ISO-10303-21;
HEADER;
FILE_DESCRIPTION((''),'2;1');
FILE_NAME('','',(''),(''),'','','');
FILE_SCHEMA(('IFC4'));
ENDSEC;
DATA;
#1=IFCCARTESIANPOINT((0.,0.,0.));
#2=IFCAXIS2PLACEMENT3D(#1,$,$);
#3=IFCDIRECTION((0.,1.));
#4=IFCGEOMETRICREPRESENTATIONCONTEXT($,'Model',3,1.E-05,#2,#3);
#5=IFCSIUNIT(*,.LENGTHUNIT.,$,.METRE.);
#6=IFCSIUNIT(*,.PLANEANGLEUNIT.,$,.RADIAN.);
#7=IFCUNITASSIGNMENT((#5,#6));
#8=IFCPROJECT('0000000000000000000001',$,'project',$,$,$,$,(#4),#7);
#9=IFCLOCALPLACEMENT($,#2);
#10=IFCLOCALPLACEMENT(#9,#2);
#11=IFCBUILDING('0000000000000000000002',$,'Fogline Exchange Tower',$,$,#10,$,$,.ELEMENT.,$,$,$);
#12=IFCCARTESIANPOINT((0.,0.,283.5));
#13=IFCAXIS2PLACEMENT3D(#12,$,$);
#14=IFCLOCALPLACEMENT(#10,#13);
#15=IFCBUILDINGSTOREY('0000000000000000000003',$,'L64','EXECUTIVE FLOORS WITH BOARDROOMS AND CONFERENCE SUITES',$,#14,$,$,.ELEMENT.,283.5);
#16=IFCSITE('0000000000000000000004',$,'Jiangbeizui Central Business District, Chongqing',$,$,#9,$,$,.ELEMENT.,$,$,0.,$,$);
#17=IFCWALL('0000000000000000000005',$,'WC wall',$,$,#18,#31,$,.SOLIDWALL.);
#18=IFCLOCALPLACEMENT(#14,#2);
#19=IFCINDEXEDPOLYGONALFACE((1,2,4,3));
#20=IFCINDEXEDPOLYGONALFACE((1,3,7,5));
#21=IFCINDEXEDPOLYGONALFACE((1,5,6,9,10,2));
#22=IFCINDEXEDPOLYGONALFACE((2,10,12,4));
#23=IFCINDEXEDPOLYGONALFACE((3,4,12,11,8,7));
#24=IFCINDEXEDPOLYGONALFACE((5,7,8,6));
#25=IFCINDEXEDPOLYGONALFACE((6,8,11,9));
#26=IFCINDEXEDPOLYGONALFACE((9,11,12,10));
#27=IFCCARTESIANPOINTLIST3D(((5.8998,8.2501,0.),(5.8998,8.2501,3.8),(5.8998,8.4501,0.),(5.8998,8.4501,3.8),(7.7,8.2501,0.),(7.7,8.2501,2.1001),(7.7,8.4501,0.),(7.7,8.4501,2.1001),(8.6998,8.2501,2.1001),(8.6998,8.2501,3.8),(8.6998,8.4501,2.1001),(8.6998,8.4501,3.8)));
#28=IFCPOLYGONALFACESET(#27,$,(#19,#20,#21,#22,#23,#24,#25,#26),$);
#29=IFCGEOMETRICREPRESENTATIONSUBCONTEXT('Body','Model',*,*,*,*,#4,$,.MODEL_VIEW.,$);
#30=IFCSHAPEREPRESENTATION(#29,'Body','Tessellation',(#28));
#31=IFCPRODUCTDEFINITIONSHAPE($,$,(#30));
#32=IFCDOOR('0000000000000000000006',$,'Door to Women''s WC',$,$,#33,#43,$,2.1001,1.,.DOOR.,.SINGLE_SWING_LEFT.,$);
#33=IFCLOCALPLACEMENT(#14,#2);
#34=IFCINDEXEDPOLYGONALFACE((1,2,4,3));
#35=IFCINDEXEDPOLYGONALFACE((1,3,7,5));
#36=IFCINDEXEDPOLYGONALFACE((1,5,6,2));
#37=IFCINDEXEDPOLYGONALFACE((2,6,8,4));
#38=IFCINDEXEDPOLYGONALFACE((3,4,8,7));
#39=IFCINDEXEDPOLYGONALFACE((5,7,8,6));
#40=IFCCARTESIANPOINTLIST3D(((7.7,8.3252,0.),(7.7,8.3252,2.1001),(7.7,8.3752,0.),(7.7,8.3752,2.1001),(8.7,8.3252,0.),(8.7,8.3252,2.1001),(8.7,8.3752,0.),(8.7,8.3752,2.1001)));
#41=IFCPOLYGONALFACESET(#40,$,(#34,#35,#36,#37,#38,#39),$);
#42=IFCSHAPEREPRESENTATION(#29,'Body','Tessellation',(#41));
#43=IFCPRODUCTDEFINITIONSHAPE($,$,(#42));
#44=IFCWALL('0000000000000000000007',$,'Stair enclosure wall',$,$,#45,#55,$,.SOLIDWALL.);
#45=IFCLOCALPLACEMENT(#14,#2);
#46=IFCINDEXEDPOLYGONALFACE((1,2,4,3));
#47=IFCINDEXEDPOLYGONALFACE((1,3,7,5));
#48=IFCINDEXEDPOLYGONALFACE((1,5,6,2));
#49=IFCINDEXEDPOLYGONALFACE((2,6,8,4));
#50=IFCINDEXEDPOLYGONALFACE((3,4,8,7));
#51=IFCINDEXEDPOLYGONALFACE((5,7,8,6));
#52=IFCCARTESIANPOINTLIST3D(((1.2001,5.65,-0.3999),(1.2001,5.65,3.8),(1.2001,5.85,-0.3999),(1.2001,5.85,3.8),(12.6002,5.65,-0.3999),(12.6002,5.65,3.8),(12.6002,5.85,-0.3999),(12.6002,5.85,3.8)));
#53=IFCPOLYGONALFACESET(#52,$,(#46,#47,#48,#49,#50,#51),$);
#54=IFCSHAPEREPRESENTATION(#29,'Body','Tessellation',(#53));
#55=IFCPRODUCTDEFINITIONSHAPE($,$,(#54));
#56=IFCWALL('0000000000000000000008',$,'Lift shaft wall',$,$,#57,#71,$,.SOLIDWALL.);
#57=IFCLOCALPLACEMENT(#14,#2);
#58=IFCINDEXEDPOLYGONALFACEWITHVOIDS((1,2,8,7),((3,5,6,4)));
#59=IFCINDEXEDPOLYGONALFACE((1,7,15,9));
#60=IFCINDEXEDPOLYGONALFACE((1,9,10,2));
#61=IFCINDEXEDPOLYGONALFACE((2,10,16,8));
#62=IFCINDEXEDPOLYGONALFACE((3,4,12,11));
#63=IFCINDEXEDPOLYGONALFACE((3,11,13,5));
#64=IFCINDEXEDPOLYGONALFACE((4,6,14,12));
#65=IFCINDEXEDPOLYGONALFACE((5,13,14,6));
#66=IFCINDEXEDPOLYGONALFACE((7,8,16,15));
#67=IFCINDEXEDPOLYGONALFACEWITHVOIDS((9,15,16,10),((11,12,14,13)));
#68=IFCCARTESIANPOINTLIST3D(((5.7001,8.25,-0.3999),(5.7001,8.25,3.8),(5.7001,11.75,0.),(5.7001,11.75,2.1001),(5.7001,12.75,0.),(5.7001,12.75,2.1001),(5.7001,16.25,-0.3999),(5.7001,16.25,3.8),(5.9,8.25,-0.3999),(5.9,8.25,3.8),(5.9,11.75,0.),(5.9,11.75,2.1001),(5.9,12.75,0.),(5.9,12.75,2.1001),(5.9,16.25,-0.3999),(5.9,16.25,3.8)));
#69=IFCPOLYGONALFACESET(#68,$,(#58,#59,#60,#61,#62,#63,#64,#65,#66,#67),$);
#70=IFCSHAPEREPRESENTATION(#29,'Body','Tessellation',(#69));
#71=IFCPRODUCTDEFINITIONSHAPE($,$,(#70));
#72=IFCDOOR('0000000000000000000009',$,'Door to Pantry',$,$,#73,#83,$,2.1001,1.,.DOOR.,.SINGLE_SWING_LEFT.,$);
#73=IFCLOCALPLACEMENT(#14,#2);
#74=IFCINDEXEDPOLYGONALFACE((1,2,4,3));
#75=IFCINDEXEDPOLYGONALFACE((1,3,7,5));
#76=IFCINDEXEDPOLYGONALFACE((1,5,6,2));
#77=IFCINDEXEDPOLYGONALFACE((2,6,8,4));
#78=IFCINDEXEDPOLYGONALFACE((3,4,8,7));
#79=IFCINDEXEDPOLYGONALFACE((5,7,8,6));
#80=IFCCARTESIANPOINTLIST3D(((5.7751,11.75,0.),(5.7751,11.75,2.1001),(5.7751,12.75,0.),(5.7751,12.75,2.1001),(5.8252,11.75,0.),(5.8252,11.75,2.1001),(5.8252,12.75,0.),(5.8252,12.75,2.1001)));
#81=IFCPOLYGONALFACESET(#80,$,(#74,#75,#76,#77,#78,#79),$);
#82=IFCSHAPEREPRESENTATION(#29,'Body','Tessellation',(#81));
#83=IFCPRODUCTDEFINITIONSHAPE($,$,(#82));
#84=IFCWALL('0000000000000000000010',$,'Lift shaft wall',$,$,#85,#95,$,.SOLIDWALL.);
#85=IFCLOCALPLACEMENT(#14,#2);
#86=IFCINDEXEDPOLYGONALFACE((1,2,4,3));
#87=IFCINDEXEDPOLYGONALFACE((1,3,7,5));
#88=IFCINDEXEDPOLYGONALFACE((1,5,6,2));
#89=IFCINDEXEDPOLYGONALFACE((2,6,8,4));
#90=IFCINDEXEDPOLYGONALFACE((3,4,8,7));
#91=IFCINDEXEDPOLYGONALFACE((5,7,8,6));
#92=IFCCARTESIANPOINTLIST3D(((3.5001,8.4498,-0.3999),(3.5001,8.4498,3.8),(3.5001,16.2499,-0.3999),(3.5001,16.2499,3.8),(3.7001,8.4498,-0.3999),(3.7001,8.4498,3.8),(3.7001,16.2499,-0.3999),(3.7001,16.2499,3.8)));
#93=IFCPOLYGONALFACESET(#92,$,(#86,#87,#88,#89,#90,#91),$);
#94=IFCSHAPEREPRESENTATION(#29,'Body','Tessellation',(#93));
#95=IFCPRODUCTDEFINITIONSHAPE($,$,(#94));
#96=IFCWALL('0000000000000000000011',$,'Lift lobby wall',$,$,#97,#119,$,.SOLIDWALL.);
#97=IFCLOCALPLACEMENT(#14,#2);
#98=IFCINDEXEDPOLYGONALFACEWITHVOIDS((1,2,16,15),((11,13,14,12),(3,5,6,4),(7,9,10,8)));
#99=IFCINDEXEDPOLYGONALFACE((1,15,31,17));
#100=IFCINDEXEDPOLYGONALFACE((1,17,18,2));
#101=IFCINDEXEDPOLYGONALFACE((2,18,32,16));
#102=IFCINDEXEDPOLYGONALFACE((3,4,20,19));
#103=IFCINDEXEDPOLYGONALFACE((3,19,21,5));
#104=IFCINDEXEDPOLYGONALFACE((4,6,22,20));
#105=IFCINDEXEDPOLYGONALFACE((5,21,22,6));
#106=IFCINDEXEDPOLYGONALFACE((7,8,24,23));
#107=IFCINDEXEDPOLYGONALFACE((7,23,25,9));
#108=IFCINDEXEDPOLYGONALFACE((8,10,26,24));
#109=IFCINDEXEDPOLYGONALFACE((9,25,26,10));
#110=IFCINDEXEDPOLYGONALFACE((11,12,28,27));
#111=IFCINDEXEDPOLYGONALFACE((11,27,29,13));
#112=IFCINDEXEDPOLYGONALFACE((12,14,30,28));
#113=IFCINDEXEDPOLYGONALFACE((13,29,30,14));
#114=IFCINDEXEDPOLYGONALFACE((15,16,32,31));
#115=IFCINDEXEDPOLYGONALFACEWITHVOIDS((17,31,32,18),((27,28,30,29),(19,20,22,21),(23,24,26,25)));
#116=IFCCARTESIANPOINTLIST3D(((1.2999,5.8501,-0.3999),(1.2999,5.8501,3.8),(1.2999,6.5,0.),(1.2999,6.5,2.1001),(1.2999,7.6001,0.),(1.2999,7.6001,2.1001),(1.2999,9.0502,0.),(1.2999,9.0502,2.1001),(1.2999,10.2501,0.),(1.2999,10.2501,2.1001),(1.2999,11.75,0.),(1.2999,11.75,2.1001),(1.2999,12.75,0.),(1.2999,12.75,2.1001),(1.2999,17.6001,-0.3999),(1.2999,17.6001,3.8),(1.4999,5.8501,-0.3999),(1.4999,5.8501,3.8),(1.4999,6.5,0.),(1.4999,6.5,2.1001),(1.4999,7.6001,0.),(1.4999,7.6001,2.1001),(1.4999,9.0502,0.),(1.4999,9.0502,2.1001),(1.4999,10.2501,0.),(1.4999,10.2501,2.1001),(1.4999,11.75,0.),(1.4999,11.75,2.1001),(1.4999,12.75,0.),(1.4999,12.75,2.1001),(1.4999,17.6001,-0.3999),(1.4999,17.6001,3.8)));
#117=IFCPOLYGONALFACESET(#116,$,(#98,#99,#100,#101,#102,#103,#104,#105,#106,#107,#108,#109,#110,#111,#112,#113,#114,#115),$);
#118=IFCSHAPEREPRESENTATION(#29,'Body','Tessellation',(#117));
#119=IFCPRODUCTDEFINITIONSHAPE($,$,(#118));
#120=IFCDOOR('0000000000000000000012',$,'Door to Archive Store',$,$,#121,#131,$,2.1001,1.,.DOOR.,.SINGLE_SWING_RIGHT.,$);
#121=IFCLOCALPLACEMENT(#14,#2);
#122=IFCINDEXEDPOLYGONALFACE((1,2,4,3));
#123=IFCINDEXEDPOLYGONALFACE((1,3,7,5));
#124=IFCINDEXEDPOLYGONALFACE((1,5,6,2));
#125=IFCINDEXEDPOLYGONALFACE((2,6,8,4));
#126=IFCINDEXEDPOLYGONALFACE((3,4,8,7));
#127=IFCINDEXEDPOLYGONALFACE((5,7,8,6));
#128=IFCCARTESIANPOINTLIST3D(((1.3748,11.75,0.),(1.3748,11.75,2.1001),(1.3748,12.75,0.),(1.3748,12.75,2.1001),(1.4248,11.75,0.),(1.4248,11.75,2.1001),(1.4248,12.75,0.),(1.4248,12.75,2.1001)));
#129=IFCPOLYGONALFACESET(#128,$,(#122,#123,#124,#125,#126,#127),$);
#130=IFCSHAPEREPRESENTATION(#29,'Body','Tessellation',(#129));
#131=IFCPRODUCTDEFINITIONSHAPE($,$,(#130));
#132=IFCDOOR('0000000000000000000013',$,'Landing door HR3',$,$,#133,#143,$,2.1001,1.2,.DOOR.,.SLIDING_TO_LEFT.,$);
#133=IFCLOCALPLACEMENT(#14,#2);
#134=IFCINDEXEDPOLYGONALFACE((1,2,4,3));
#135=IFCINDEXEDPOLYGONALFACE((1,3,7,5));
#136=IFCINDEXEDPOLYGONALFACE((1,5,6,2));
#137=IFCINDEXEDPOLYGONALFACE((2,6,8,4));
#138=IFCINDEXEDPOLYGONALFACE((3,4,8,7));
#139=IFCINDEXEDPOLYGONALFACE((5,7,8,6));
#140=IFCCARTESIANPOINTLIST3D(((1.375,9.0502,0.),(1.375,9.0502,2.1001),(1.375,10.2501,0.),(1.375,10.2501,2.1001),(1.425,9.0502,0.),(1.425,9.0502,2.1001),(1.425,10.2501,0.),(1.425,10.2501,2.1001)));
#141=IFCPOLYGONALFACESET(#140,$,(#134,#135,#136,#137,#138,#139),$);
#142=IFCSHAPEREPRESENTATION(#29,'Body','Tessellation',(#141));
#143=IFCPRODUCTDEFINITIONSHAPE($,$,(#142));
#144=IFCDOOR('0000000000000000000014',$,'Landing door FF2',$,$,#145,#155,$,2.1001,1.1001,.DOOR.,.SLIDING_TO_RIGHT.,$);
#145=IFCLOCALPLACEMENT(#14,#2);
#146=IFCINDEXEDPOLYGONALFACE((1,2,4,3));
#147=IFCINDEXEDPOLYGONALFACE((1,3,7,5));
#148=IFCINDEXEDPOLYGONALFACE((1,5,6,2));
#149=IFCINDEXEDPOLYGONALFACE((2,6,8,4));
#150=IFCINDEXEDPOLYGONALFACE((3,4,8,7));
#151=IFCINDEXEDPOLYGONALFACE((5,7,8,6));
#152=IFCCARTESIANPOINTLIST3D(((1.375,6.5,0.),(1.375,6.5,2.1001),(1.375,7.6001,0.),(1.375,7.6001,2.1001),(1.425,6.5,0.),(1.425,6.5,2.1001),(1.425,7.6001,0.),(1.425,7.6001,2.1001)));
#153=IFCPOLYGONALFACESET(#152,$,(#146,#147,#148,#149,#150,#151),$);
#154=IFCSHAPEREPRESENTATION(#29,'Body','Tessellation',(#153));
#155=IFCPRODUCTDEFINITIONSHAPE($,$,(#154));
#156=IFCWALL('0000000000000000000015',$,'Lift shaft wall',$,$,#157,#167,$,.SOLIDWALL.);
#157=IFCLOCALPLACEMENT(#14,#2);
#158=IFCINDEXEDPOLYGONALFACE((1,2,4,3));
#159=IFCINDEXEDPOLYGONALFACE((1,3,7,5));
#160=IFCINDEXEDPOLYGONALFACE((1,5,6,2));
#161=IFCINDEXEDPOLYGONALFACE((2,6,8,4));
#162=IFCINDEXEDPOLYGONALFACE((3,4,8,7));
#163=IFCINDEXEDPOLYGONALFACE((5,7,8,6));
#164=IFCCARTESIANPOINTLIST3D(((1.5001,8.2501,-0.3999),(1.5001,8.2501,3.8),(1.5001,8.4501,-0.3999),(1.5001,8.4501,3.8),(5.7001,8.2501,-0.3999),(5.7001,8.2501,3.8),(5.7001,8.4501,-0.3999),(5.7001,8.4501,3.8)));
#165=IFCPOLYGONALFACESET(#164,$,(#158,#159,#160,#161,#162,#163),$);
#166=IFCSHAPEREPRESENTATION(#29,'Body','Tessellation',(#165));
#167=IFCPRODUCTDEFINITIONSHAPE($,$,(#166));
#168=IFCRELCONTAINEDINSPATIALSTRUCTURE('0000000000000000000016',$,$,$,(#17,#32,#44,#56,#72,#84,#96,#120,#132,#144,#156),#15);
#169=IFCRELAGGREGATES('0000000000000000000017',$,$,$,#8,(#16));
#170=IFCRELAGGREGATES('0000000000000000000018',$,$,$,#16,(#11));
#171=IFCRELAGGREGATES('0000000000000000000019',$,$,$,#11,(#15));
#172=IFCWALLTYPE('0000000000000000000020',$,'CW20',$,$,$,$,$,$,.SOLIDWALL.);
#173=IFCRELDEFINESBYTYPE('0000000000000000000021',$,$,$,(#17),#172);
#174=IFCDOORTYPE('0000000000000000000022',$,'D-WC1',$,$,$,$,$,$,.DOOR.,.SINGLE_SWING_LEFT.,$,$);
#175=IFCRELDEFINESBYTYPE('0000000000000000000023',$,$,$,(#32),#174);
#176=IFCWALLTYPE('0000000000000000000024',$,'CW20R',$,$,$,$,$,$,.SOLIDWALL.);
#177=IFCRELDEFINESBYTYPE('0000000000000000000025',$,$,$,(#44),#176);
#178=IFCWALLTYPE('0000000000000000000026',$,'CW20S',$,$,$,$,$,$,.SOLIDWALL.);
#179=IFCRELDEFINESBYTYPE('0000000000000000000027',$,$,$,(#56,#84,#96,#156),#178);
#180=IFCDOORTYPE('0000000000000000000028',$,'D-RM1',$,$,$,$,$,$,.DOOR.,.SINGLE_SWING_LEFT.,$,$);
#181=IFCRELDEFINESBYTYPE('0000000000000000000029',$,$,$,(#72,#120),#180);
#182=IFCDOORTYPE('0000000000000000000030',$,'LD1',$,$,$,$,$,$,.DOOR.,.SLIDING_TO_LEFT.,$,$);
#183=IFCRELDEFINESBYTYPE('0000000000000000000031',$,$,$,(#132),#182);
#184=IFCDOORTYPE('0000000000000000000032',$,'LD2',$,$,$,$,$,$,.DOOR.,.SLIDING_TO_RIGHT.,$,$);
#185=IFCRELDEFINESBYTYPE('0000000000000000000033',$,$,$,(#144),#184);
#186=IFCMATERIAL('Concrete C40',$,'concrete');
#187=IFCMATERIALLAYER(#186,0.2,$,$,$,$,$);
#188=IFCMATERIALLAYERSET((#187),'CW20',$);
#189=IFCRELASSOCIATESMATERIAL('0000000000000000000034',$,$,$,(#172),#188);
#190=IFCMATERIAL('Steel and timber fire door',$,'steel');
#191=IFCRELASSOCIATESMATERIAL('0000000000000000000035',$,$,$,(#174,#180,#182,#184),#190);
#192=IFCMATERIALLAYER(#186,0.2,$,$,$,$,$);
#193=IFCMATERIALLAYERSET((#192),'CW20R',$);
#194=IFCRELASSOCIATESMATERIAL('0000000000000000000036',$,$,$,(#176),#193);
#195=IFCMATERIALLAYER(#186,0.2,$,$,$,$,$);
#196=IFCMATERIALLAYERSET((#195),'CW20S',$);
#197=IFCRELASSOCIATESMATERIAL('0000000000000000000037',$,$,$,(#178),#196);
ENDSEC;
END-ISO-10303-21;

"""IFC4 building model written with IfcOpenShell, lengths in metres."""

from ifc_helpers import new_model, si_unit, direction, frame, frame_2d, origin, place, context, subcontext, project, spatial, rectangle, extrude, material, layer, layer_set, type_object, element, fill, save


model = new_model("IFC4")

# Units and contexts
model_context = context("Model", 3, precision=1e-05, world=origin(), true_north=direction((0.0, 1.0)))
body_context = subcontext(model_context, "Body", "Model", "MODEL_VIEW")
ifc_project = project(units=[si_unit("LENGTHUNIT", "METRE"), si_unit("PLANEANGLEUNIT", "RADIAN")], contexts=[model_context])

# Site, building, storey
site_placement = place(None, origin())
site = spatial("IfcSite", under=ifc_project, at=site_placement, Name="Jiangbeizui Central Business District, Chongqing", CompositionType="ELEMENT", RefElevation=0.0)
building_placement = place(site_placement, origin())
building = spatial("IfcBuilding", under=site, at=building_placement, Name="Fogline Exchange Tower", CompositionType="ELEMENT")
storey_placement = place(building_placement, frame((0.0, 0.0, 283.5)))
storey = spatial("IfcBuildingStorey", under=building, at=storey_placement, Name="L64", Description="EXECUTIVE FLOORS WITH BOARDROOMS AND CONFERENCE SUITES", CompositionType="ELEMENT", Elevation=283.5)

# Shared definitions
ifc_material_1 = material(Name="Concrete C40", Category="concrete")

# Wall, opening, door
ifc_layer_1 = layer(ifc_material_1, 0.2)
ifc_layer_set_1 = layer_set([ifc_layer_1], Name="CW20")
wall_type_1 = type_object("IfcWallType", Name="CW20", PredefinedType="SOLIDWALL", material=ifc_layer_set_1)
wall_1_placement = place(storey_placement, frame((5.8999, 8.3501, 0.0), z_axis=(0.0, 0.0, 1.0), x_axis=(1.0, 0.0, 0.0)))
wall_1 = element("IfcWall", 1, at=wall_1_placement, inside=storey, type_object=wall_type_1, Name="WC wall", PredefinedType="SOLIDWALL", context=body_context, shape_type="SweptSolid", body=[
    extrude(rectangle(XDim=2.8, YDim=0.2, at=frame_2d((1.3999, 0.0))), origin(), (0.0, 0.0, 1.0), 3.8),
])
opening_1_placement = place(wall_1_placement, frame((1.8, 0.0, 0.0)))
opening_1 = element("IfcOpeningElement", 2, at=opening_1_placement, cuts=wall_1, PredefinedType="OPENING", context=body_context, shape_type="SweptSolid", body=[
    extrude(rectangle(XDim=1.0, YDim=2.1001, at=frame_2d((0.5, 1.05))), frame((0.0, 0.1099, 0.0), z_axis=(0.0, -1.0, 0.0), x_axis=(1.0, 0.0, 0.0)), (0.0, 0.0, 1.0), 0.22),
])
ifc_material_2 = material(Name="Steel and timber fire door", Category="steel")
door_type_1 = type_object("IfcDoorType", Name="D-WC1", OperationType="SINGLE_SWING_LEFT", PredefinedType="DOOR", material=ifc_material_2)
door_1_placement = place(opening_1_placement, frame((1.0, 0.0, 0.0), z_axis=(0.0, 0.0, 1.0), x_axis=(-1.0, 0.0, 0.0)))
door_1 = element("IfcDoor", 3, at=door_1_placement, inside=storey, type_object=door_type_1, Name="Door to Women's WC", OperationType="SINGLE_SWING_LEFT", OverallHeight=2.1001, OverallWidth=1.0, PredefinedType="DOOR", context=body_context, shape_type="SweptSolid", body=[
    extrude(rectangle(XDim=1.0, YDim=2.1001, at=frame_2d((0.5, 1.05))), frame((0.0, 0.0249, 0.0), z_axis=(0.0, -1.0, 0.0), x_axis=(1.0, 0.0, 0.0)), (0.0, 0.0, 1.0), 0.05),
])
fill(opening_1, door_1)

# Wall
ifc_layer_2 = layer(ifc_material_1, 0.2)
ifc_layer_set_2 = layer_set([ifc_layer_2], Name="CW20R")
wall_type_2 = type_object("IfcWallType", Name="CW20R", PredefinedType="SOLIDWALL", material=ifc_layer_set_2)
wall_2_placement = place(storey_placement, frame((1.2, 5.75, -0.3999), z_axis=(0.0, 0.0, 1.0), x_axis=(1.0, 0.0, 0.0)))
element("IfcWall", 4, at=wall_2_placement, inside=storey, type_object=wall_type_2, Name="Stair enclosure wall", PredefinedType="SOLIDWALL", context=body_context, shape_type="SweptSolid", body=[
    extrude(rectangle(XDim=11.4001, YDim=0.2, at=frame_2d((5.7002, 0.0))), origin(), (0.0, 0.0, 1.0), 4.2),
])

# Wall, opening, door
ifc_layer_3 = layer(ifc_material_1, 0.2)
ifc_layer_set_3 = layer_set([ifc_layer_3], Name="CW20S")
wall_type_3 = type_object("IfcWallType", Name="CW20S", PredefinedType="SOLIDWALL", material=ifc_layer_set_3)
wall_3_placement = place(storey_placement, frame((5.8, 8.25, -0.3999), z_axis=(0.0, 0.0, 1.0), x_axis=(0.0, 1.0, 0.0)))
wall_3 = element("IfcWall", 5, at=wall_3_placement, inside=storey, type_object=wall_type_3, Name="Lift shaft wall", PredefinedType="SOLIDWALL", context=body_context, shape_type="SweptSolid", body=[
    extrude(rectangle(XDim=8.0, YDim=0.2, at=frame_2d((4.0, 0.0))), origin(), (0.0, 0.0, 1.0), 4.2),
])
opening_2_placement = place(wall_3_placement, frame((3.5, 0.0, 0.3999)))
opening_2 = element("IfcOpeningElement", 6, at=opening_2_placement, cuts=wall_3, PredefinedType="OPENING", context=body_context, shape_type="SweptSolid", body=[
    extrude(rectangle(XDim=1.0, YDim=2.1001, at=frame_2d((0.5, 1.05))), frame((0.0, 0.1099, 0.0), z_axis=(0.0, -1.0, 0.0), x_axis=(1.0, 0.0, 0.0)), (0.0, 0.0, 1.0), 0.22),
])
door_type_2 = type_object("IfcDoorType", Name="D-RM1", OperationType="SINGLE_SWING_LEFT", PredefinedType="DOOR", material=ifc_material_2)
door_2_placement = place(opening_2_placement, origin())
door_2 = element("IfcDoor", 7, at=door_2_placement, inside=storey, type_object=door_type_2, Name="Door to Pantry", OperationType="SINGLE_SWING_LEFT", OverallHeight=2.1001, OverallWidth=1.0, PredefinedType="DOOR", context=body_context, shape_type="SweptSolid", body=[
    extrude(rectangle(XDim=1.0, YDim=2.1001, at=frame_2d((0.5, 1.05))), frame((0.0, 0.0249, 0.0), z_axis=(0.0, -1.0, 0.0), x_axis=(1.0, 0.0, 0.0)), (0.0, 0.0, 1.0), 0.05),
])
fill(opening_2, door_2)

# Wall
wall_4_placement = place(storey_placement, frame((3.6001, 8.45, -0.3999), z_axis=(0.0, 0.0, 1.0), x_axis=(0.0, 1.0, 0.0)))
element("IfcWall", 8, at=wall_4_placement, inside=storey, type_object=wall_type_3, Name="Lift shaft wall", PredefinedType="SOLIDWALL", context=body_context, shape_type="SweptSolid", body=[
    extrude(rectangle(XDim=7.8, YDim=0.2, at=frame_2d((3.8999, 0.0))), origin(), (0.0, 0.0, 1.0), 4.2),
])

# Wall, openings, doors
wall_5_placement = place(storey_placement, frame((1.3999, 5.8501, -0.3999), z_axis=(0.0, 0.0, 1.0), x_axis=(0.0, 1.0, 0.0)))
wall_5 = element("IfcWall", 9, at=wall_5_placement, inside=storey, type_object=wall_type_3, Name="Lift lobby wall", PredefinedType="SOLIDWALL", context=body_context, shape_type="SweptSolid", body=[
    extrude(rectangle(XDim=11.75, YDim=0.2, at=frame_2d((5.875, 0.0))), origin(), (0.0, 0.0, 1.0), 4.2),
])
opening_3_placement = place(wall_5_placement, frame((3.2, 0.0, 0.3999)))
opening_3 = element("IfcOpeningElement", 10, at=opening_3_placement, cuts=wall_5, PredefinedType="OPENING", context=body_context, shape_type="SweptSolid", body=[
    extrude(rectangle(XDim=1.2, YDim=2.1001, at=frame_2d((0.6001, 1.05))), frame((0.0, 0.1099, 0.0), z_axis=(0.0, -1.0, 0.0), x_axis=(1.0, 0.0, 0.0)), (0.0, 0.0, 1.0), 0.22),
])
opening_4_placement = place(wall_5_placement, frame((0.6499, 0.0, 0.3999)))
opening_4 = element("IfcOpeningElement", 11, at=opening_4_placement, cuts=wall_5, PredefinedType="OPENING", context=body_context, shape_type="SweptSolid", body=[
    extrude(rectangle(XDim=1.1001, YDim=2.1001, at=frame_2d((0.55, 1.05))), frame((0.0, 0.1099, 0.0), z_axis=(0.0, -1.0, 0.0), x_axis=(1.0, 0.0, 0.0)), (0.0, 0.0, 1.0), 0.22),
])
opening_5_placement = place(wall_5_placement, frame((5.8999, 0.0, 0.3999)))
opening_5 = element("IfcOpeningElement", 12, at=opening_5_placement, cuts=wall_5, PredefinedType="OPENING", context=body_context, shape_type="SweptSolid", body=[
    extrude(rectangle(XDim=1.0, YDim=2.1001, at=frame_2d((0.5, 1.05))), frame((0.0, 0.1099, 0.0), z_axis=(0.0, -1.0, 0.0), x_axis=(1.0, 0.0, 0.0)), (0.0, 0.0, 1.0), 0.22),
])
door_3_placement = place(opening_5_placement, frame((1.0, 0.0, 0.0), z_axis=(0.0, 0.0, 1.0), x_axis=(-1.0, 0.0, 0.0)))
door_3 = element("IfcDoor", 13, at=door_3_placement, inside=storey, type_object=door_type_2, Name="Door to Archive Store", OperationType="SINGLE_SWING_RIGHT", OverallHeight=2.1001, OverallWidth=1.0, PredefinedType="DOOR", context=body_context, shape_type="SweptSolid", body=[
    extrude(rectangle(XDim=1.0, YDim=2.1001, at=frame_2d((0.5, 1.05))), frame((0.0, 0.0249, 0.0), z_axis=(0.0, -1.0, 0.0), x_axis=(1.0, 0.0, 0.0)), (0.0, 0.0, 1.0), 0.05),
])
fill(opening_5, door_3)
door_type_3 = type_object("IfcDoorType", Name="LD1", OperationType="SLIDING_TO_LEFT", PredefinedType="DOOR", material=ifc_material_2)
door_4_placement = place(opening_3_placement, origin())
door_4 = element("IfcDoor", 14, at=door_4_placement, inside=storey, type_object=door_type_3, Name="Landing door HR3", OperationType="SLIDING_TO_LEFT", OverallHeight=2.1001, OverallWidth=1.2, PredefinedType="DOOR", context=body_context, shape_type="SweptSolid", body=[
    extrude(rectangle(XDim=1.2, YDim=2.1001, at=frame_2d((0.6001, 1.05))), frame((0.0, 0.0249, 0.0), z_axis=(0.0, -1.0, 0.0), x_axis=(1.0, 0.0, 0.0)), (0.0, 0.0, 1.0), 0.05),
])
fill(opening_3, door_4)
door_type_4 = type_object("IfcDoorType", Name="LD2", OperationType="SLIDING_TO_RIGHT", PredefinedType="DOOR", material=ifc_material_2)
door_5_placement = place(opening_4_placement, origin())
door_5 = element("IfcDoor", 15, at=door_5_placement, inside=storey, type_object=door_type_4, Name="Landing door FF2", OperationType="SLIDING_TO_RIGHT", OverallHeight=2.1001, OverallWidth=1.1001, PredefinedType="DOOR", context=body_context, shape_type="SweptSolid", body=[
    extrude(rectangle(XDim=1.1001, YDim=2.1001, at=frame_2d((0.55, 1.05))), frame((0.0, 0.0249, 0.0), z_axis=(0.0, -1.0, 0.0), x_axis=(1.0, 0.0, 0.0)), (0.0, 0.0, 1.0), 0.05),
])
fill(opening_4, door_5)

# Wall
wall_6_placement = place(storey_placement, frame((1.5, 8.3501, -0.3999), z_axis=(0.0, 0.0, 1.0), x_axis=(1.0, 0.0, 0.0)))
element("IfcWall", 16, at=wall_6_placement, inside=storey, type_object=wall_type_3, Name="Lift shaft wall", PredefinedType="SOLIDWALL", context=body_context, shape_type="SweptSolid", body=[
    extrude(rectangle(XDim=4.2, YDim=0.2, at=frame_2d((2.1001, 0.0))), origin(), (0.0, 0.0, 1.0), 4.2),
])

save(model, "model.ifc")
